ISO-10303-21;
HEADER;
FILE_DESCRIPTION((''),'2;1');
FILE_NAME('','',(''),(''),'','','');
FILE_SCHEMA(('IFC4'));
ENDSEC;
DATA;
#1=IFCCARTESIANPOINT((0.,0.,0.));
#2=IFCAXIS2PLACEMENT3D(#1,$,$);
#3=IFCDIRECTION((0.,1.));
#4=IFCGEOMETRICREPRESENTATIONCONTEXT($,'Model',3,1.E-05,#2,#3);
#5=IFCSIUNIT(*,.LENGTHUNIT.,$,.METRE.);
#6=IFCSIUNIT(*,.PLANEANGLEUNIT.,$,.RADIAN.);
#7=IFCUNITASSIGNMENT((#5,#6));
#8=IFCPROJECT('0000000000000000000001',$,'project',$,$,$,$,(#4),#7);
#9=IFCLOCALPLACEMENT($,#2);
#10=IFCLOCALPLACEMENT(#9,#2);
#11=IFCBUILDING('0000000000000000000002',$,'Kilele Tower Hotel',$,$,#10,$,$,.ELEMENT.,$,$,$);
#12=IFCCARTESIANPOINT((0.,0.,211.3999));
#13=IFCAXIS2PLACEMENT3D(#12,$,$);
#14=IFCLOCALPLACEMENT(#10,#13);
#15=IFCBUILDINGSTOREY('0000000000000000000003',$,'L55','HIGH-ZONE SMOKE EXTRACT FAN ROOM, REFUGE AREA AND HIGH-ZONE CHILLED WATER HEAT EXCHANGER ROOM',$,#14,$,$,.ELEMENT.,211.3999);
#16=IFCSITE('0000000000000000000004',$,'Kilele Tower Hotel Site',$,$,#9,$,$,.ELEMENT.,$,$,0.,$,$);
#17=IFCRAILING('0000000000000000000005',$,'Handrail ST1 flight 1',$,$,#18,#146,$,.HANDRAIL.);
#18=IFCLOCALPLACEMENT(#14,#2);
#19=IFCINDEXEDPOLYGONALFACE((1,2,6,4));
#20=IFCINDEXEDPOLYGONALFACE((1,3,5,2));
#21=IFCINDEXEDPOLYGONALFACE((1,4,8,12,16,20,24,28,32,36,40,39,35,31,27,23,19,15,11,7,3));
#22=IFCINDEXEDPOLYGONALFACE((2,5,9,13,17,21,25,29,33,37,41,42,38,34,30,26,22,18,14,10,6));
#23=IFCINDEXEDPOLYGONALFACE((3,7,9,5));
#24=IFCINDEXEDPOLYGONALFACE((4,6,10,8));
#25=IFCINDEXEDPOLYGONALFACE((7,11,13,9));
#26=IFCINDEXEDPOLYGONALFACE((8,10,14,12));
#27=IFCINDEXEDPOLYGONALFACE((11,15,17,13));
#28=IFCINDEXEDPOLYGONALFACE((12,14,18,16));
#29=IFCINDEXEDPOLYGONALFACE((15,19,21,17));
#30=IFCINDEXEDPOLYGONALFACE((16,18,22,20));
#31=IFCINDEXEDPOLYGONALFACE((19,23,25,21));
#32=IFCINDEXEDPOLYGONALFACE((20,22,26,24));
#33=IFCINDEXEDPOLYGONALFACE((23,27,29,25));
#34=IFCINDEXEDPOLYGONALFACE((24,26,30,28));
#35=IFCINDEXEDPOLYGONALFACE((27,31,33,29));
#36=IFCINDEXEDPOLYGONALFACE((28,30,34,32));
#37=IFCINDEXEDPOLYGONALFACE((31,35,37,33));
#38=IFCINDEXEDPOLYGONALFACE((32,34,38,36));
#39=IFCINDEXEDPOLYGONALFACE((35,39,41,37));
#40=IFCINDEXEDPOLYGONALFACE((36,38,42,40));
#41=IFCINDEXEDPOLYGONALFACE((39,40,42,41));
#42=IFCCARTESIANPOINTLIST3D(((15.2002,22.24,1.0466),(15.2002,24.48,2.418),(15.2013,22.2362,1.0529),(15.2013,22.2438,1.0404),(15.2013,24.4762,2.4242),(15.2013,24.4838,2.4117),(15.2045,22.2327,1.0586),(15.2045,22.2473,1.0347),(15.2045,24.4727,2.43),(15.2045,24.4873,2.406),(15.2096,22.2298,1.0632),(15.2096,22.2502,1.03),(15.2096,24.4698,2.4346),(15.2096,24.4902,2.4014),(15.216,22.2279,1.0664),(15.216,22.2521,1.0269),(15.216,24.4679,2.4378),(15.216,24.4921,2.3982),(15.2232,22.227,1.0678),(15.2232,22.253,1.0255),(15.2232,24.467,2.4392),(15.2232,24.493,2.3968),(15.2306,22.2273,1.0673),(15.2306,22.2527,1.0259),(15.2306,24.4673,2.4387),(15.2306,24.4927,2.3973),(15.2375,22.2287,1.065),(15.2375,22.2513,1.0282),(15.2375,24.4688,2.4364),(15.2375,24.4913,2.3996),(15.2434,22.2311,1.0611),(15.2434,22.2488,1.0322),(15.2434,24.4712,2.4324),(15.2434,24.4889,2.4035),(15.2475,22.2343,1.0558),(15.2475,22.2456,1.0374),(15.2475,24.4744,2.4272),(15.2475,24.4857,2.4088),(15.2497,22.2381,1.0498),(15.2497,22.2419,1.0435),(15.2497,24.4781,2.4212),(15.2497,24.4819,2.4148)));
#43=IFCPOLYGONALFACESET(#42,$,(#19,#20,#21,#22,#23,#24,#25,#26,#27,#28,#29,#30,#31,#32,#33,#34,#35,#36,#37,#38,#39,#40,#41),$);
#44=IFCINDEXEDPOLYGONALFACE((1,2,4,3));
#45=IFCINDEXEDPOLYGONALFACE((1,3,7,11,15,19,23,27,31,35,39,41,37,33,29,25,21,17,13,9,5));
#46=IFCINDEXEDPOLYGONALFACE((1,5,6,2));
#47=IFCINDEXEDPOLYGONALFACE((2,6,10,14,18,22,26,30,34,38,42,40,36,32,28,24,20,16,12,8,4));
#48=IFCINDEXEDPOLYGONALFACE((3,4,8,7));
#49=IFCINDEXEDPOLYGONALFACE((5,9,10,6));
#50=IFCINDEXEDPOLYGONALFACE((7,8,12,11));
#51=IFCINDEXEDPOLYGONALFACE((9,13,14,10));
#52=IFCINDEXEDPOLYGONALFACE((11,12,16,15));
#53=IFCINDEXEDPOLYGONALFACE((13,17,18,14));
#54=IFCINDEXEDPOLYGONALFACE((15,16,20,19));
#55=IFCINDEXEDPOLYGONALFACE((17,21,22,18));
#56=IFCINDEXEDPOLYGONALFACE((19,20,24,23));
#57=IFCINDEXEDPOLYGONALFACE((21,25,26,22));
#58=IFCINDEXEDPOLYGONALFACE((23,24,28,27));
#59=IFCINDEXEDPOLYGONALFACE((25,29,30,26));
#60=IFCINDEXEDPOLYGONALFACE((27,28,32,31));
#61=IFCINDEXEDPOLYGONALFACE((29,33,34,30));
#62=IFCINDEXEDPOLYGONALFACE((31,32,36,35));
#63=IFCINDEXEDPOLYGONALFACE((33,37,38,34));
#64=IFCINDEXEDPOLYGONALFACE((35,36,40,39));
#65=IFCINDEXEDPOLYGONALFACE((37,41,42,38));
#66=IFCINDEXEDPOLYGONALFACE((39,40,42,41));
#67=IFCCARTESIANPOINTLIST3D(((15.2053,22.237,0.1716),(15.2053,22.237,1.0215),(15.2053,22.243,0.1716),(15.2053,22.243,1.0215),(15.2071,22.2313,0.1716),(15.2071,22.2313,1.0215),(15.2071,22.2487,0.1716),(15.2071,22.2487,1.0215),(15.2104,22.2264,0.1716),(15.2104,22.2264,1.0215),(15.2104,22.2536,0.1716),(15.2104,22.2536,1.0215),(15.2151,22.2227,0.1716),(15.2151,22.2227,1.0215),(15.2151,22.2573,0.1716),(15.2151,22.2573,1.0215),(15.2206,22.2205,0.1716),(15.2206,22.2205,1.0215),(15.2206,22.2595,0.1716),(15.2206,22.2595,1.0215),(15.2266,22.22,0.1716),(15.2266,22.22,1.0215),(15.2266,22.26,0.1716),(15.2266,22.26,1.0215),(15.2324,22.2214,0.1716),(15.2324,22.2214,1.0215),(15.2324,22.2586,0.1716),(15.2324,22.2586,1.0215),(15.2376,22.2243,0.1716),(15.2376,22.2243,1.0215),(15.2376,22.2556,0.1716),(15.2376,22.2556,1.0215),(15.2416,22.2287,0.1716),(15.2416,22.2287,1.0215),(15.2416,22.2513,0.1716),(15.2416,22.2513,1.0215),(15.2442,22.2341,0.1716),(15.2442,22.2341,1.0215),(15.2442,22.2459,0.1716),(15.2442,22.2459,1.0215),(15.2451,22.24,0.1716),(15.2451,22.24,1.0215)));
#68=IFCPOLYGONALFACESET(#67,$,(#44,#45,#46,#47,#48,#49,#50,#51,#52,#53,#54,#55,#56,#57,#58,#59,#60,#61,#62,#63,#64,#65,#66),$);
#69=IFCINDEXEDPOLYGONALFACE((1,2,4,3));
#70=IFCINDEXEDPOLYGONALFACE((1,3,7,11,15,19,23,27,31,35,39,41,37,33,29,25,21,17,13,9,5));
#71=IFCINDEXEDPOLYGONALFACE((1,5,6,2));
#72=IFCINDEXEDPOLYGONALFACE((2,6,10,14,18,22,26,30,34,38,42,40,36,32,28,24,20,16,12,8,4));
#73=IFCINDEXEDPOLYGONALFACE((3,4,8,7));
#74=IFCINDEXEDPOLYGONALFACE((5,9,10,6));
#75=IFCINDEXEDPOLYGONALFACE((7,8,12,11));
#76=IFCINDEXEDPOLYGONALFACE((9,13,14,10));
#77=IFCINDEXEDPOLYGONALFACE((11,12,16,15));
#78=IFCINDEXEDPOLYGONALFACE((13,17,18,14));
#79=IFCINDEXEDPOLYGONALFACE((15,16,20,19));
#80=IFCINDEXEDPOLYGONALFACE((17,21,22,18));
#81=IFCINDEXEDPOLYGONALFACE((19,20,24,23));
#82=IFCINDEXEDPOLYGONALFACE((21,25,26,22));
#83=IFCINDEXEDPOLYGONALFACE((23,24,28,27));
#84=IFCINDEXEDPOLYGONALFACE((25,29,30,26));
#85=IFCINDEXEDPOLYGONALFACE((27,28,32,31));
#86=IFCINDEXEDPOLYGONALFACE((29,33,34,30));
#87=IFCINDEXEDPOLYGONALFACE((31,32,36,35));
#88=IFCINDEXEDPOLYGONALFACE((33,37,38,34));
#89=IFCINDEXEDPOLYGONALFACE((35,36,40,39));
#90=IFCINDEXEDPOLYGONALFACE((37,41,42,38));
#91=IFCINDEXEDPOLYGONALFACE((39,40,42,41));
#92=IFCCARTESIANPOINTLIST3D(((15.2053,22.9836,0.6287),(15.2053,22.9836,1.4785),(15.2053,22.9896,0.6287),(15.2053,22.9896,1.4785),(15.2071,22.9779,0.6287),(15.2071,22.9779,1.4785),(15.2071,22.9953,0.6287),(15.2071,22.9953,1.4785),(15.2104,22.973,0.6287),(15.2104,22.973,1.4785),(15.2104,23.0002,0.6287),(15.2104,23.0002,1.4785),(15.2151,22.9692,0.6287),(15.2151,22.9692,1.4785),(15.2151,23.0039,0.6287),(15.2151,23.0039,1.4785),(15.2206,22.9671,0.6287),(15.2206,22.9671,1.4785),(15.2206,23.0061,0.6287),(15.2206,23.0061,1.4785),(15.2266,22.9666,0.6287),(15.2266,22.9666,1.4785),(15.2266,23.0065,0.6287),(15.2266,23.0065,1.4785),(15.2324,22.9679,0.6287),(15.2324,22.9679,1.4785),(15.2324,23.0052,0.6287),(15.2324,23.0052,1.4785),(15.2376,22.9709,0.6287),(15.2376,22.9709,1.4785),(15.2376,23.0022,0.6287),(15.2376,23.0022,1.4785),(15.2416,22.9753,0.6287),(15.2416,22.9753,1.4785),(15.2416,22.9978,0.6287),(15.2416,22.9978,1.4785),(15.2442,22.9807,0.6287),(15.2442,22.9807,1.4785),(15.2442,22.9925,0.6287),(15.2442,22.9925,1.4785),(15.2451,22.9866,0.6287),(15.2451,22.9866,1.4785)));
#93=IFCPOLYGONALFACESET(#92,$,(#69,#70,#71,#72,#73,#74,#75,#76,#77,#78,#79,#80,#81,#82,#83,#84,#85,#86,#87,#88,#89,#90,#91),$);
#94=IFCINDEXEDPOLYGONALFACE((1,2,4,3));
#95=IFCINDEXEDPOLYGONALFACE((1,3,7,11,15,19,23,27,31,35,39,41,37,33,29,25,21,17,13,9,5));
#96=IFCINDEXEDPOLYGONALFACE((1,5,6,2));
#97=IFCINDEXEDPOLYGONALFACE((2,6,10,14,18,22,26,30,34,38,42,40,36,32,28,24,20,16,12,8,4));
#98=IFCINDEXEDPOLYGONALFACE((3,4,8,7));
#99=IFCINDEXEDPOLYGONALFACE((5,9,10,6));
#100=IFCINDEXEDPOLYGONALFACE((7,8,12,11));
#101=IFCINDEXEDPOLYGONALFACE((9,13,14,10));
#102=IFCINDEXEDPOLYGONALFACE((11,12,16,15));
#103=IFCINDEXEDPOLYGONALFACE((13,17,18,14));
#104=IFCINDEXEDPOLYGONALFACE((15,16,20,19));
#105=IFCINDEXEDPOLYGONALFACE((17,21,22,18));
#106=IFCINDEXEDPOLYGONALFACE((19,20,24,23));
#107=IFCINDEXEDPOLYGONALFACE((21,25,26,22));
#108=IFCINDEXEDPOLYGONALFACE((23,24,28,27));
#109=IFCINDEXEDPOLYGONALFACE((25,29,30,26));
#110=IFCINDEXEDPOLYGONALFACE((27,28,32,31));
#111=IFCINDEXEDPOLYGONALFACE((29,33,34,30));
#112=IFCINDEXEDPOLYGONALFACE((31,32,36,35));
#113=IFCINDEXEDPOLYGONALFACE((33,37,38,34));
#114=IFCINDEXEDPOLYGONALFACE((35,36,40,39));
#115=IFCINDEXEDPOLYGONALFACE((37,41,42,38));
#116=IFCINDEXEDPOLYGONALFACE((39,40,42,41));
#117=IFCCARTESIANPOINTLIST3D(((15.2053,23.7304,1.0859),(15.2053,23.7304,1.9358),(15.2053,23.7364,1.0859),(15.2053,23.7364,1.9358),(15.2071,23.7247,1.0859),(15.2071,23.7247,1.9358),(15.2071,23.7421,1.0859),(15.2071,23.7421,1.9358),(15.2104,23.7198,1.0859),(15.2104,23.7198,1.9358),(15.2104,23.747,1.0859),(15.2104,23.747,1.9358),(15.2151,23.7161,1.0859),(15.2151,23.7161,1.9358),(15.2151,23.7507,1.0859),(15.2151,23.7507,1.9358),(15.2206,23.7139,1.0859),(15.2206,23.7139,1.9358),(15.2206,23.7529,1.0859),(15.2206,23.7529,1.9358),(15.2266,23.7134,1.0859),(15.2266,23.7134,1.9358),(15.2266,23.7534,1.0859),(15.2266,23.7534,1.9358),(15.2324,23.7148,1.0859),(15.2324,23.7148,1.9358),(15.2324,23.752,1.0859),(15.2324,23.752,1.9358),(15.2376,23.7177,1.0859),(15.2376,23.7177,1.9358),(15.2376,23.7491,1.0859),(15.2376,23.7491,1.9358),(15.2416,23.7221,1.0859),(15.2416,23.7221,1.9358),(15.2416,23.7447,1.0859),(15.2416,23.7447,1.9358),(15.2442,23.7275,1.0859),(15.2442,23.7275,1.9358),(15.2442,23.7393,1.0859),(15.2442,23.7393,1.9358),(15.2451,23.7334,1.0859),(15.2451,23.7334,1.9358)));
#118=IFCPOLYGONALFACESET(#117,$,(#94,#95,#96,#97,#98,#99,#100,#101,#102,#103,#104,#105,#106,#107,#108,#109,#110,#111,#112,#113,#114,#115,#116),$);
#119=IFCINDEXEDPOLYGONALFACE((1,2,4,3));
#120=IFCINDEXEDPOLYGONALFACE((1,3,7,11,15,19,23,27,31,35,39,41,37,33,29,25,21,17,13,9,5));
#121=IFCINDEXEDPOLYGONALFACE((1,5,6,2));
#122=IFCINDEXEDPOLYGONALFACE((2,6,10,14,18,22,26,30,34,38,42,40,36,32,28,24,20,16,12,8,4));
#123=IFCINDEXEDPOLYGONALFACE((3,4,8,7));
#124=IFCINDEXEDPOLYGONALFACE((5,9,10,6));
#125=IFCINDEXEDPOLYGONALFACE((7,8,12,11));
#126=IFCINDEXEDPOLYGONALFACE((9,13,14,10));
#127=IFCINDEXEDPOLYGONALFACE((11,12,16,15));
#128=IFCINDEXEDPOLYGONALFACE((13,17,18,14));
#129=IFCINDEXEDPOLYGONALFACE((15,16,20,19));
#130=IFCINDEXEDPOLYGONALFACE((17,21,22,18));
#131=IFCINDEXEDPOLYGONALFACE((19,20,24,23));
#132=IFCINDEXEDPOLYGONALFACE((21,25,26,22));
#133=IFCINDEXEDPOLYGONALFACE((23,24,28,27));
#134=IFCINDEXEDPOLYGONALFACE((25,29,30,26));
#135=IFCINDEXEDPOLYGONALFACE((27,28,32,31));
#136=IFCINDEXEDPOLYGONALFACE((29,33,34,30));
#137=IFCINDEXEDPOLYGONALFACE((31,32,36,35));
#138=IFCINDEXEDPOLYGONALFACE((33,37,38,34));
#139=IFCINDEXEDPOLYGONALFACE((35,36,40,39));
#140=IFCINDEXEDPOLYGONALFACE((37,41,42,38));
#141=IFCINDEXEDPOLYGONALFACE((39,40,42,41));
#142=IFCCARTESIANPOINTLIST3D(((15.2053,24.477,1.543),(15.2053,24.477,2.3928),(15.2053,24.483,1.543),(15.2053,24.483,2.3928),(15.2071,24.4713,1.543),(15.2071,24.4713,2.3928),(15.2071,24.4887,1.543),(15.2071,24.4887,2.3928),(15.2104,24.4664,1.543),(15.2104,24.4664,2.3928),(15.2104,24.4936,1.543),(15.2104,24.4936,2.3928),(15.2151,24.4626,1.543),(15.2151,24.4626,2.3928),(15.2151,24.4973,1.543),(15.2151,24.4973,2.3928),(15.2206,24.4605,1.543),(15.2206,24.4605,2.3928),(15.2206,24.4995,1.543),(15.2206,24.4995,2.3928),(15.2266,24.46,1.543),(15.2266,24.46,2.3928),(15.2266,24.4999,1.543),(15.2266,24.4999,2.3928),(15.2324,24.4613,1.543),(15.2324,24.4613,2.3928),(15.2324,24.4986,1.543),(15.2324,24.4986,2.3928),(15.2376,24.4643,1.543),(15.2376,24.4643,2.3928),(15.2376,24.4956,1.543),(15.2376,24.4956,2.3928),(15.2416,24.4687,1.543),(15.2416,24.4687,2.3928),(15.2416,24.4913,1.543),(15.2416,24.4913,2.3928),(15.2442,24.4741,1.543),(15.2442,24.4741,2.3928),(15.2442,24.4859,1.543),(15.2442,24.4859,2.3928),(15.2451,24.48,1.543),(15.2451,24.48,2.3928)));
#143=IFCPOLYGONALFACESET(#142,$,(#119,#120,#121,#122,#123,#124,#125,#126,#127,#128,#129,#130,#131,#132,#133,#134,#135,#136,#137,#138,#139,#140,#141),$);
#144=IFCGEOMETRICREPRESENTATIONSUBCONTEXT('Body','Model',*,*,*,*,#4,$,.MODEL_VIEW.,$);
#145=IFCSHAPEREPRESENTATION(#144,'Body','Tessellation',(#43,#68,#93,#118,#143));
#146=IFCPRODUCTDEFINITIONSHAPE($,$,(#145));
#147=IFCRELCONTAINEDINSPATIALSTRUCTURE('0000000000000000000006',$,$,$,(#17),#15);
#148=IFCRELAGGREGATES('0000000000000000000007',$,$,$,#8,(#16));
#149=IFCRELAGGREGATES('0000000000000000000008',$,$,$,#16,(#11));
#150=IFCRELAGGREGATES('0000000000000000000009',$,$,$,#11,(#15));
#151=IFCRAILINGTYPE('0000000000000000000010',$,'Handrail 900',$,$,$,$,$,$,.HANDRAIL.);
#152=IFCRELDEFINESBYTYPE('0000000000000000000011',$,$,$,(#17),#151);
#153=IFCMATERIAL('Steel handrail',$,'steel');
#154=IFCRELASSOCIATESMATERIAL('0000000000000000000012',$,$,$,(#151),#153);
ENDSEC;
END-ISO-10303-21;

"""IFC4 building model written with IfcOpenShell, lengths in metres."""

from ifc_helpers import new_model, si_unit, direction, frame, origin, origin_2d, place, context, subcontext, project, spatial, circle, extrude, material, type_object, element, save


model = new_model("IFC4")

# Units and contexts
model_context = context("Model", 3, precision=1e-05, world=origin(), true_north=direction((0.0, 1.0)))
body_context = subcontext(model_context, "Body", "Model", "MODEL_VIEW")
ifc_project = project(units=[si_unit("LENGTHUNIT", "METRE"), si_unit("PLANEANGLEUNIT", "RADIAN")], contexts=[model_context])

# Site, building, storey
site_placement = place(None, origin())
site = spatial("IfcSite", under=ifc_project, at=site_placement, Name="Kilele Tower Hotel Site", CompositionType="ELEMENT", RefElevation=0.0)
building_placement = place(site_placement, origin())
building = spatial("IfcBuilding", under=site, at=building_placement, Name="Kilele Tower Hotel", CompositionType="ELEMENT")
storey_placement = place(building_placement, frame((0.0, 0.0, 211.3999)))
storey = spatial("IfcBuildingStorey", under=building, at=storey_placement, Name="L55", Description="HIGH-ZONE SMOKE EXTRACT FAN ROOM, REFUGE AREA AND HIGH-ZONE CHILLED WATER HEAT EXCHANGER ROOM", CompositionType="ELEMENT", Elevation=211.3999)

# Railing
ifc_material_1 = material(Name="Steel handrail", Category="steel")
railing_type_1 = type_object("IfcRailingType", Name="Handrail 900", PredefinedType="HANDRAIL", material=ifc_material_1)
for number, where, name in (
    (1, (15.2251, 22.24, 0.1716), "Handrail ST1 flight 1"),
):
    element("IfcRailing", number, at=place(storey_placement, frame(where)), inside=storey, type_object=railing_type_1, Name=name, PredefinedType="HANDRAIL", context=body_context, shape_type="SweptSolid", body=[
        extrude(circle(Radius=0.0249, at=origin_2d()), frame((0.0, 0.0, 0.875), z_axis=(0.0, 0.852866, 0.52213), x_axis=(-1.0, 0.0, 0.0)), (0.0, 0.0, 1.0), 2.6265),
        extrude(circle(Radius=0.02, at=origin_2d()), origin(), (0.0, 0.0, 1.0), 0.8499),
        extrude(circle(Radius=0.02, at=origin_2d()), frame((0.0, 0.7466, 0.457)), (0.0, 0.0, 1.0), 0.8499),
        extrude(circle(Radius=0.02, at=origin_2d()), frame((0.0, 1.4934, 0.9143)), (0.0, 0.0, 1.0), 0.8499),
        extrude(circle(Radius=0.02, at=origin_2d()), frame((0.0, 2.24, 1.3713)), (0.0, 0.0, 1.0), 0.8499),
    ])

save(model, "model.ifc")
